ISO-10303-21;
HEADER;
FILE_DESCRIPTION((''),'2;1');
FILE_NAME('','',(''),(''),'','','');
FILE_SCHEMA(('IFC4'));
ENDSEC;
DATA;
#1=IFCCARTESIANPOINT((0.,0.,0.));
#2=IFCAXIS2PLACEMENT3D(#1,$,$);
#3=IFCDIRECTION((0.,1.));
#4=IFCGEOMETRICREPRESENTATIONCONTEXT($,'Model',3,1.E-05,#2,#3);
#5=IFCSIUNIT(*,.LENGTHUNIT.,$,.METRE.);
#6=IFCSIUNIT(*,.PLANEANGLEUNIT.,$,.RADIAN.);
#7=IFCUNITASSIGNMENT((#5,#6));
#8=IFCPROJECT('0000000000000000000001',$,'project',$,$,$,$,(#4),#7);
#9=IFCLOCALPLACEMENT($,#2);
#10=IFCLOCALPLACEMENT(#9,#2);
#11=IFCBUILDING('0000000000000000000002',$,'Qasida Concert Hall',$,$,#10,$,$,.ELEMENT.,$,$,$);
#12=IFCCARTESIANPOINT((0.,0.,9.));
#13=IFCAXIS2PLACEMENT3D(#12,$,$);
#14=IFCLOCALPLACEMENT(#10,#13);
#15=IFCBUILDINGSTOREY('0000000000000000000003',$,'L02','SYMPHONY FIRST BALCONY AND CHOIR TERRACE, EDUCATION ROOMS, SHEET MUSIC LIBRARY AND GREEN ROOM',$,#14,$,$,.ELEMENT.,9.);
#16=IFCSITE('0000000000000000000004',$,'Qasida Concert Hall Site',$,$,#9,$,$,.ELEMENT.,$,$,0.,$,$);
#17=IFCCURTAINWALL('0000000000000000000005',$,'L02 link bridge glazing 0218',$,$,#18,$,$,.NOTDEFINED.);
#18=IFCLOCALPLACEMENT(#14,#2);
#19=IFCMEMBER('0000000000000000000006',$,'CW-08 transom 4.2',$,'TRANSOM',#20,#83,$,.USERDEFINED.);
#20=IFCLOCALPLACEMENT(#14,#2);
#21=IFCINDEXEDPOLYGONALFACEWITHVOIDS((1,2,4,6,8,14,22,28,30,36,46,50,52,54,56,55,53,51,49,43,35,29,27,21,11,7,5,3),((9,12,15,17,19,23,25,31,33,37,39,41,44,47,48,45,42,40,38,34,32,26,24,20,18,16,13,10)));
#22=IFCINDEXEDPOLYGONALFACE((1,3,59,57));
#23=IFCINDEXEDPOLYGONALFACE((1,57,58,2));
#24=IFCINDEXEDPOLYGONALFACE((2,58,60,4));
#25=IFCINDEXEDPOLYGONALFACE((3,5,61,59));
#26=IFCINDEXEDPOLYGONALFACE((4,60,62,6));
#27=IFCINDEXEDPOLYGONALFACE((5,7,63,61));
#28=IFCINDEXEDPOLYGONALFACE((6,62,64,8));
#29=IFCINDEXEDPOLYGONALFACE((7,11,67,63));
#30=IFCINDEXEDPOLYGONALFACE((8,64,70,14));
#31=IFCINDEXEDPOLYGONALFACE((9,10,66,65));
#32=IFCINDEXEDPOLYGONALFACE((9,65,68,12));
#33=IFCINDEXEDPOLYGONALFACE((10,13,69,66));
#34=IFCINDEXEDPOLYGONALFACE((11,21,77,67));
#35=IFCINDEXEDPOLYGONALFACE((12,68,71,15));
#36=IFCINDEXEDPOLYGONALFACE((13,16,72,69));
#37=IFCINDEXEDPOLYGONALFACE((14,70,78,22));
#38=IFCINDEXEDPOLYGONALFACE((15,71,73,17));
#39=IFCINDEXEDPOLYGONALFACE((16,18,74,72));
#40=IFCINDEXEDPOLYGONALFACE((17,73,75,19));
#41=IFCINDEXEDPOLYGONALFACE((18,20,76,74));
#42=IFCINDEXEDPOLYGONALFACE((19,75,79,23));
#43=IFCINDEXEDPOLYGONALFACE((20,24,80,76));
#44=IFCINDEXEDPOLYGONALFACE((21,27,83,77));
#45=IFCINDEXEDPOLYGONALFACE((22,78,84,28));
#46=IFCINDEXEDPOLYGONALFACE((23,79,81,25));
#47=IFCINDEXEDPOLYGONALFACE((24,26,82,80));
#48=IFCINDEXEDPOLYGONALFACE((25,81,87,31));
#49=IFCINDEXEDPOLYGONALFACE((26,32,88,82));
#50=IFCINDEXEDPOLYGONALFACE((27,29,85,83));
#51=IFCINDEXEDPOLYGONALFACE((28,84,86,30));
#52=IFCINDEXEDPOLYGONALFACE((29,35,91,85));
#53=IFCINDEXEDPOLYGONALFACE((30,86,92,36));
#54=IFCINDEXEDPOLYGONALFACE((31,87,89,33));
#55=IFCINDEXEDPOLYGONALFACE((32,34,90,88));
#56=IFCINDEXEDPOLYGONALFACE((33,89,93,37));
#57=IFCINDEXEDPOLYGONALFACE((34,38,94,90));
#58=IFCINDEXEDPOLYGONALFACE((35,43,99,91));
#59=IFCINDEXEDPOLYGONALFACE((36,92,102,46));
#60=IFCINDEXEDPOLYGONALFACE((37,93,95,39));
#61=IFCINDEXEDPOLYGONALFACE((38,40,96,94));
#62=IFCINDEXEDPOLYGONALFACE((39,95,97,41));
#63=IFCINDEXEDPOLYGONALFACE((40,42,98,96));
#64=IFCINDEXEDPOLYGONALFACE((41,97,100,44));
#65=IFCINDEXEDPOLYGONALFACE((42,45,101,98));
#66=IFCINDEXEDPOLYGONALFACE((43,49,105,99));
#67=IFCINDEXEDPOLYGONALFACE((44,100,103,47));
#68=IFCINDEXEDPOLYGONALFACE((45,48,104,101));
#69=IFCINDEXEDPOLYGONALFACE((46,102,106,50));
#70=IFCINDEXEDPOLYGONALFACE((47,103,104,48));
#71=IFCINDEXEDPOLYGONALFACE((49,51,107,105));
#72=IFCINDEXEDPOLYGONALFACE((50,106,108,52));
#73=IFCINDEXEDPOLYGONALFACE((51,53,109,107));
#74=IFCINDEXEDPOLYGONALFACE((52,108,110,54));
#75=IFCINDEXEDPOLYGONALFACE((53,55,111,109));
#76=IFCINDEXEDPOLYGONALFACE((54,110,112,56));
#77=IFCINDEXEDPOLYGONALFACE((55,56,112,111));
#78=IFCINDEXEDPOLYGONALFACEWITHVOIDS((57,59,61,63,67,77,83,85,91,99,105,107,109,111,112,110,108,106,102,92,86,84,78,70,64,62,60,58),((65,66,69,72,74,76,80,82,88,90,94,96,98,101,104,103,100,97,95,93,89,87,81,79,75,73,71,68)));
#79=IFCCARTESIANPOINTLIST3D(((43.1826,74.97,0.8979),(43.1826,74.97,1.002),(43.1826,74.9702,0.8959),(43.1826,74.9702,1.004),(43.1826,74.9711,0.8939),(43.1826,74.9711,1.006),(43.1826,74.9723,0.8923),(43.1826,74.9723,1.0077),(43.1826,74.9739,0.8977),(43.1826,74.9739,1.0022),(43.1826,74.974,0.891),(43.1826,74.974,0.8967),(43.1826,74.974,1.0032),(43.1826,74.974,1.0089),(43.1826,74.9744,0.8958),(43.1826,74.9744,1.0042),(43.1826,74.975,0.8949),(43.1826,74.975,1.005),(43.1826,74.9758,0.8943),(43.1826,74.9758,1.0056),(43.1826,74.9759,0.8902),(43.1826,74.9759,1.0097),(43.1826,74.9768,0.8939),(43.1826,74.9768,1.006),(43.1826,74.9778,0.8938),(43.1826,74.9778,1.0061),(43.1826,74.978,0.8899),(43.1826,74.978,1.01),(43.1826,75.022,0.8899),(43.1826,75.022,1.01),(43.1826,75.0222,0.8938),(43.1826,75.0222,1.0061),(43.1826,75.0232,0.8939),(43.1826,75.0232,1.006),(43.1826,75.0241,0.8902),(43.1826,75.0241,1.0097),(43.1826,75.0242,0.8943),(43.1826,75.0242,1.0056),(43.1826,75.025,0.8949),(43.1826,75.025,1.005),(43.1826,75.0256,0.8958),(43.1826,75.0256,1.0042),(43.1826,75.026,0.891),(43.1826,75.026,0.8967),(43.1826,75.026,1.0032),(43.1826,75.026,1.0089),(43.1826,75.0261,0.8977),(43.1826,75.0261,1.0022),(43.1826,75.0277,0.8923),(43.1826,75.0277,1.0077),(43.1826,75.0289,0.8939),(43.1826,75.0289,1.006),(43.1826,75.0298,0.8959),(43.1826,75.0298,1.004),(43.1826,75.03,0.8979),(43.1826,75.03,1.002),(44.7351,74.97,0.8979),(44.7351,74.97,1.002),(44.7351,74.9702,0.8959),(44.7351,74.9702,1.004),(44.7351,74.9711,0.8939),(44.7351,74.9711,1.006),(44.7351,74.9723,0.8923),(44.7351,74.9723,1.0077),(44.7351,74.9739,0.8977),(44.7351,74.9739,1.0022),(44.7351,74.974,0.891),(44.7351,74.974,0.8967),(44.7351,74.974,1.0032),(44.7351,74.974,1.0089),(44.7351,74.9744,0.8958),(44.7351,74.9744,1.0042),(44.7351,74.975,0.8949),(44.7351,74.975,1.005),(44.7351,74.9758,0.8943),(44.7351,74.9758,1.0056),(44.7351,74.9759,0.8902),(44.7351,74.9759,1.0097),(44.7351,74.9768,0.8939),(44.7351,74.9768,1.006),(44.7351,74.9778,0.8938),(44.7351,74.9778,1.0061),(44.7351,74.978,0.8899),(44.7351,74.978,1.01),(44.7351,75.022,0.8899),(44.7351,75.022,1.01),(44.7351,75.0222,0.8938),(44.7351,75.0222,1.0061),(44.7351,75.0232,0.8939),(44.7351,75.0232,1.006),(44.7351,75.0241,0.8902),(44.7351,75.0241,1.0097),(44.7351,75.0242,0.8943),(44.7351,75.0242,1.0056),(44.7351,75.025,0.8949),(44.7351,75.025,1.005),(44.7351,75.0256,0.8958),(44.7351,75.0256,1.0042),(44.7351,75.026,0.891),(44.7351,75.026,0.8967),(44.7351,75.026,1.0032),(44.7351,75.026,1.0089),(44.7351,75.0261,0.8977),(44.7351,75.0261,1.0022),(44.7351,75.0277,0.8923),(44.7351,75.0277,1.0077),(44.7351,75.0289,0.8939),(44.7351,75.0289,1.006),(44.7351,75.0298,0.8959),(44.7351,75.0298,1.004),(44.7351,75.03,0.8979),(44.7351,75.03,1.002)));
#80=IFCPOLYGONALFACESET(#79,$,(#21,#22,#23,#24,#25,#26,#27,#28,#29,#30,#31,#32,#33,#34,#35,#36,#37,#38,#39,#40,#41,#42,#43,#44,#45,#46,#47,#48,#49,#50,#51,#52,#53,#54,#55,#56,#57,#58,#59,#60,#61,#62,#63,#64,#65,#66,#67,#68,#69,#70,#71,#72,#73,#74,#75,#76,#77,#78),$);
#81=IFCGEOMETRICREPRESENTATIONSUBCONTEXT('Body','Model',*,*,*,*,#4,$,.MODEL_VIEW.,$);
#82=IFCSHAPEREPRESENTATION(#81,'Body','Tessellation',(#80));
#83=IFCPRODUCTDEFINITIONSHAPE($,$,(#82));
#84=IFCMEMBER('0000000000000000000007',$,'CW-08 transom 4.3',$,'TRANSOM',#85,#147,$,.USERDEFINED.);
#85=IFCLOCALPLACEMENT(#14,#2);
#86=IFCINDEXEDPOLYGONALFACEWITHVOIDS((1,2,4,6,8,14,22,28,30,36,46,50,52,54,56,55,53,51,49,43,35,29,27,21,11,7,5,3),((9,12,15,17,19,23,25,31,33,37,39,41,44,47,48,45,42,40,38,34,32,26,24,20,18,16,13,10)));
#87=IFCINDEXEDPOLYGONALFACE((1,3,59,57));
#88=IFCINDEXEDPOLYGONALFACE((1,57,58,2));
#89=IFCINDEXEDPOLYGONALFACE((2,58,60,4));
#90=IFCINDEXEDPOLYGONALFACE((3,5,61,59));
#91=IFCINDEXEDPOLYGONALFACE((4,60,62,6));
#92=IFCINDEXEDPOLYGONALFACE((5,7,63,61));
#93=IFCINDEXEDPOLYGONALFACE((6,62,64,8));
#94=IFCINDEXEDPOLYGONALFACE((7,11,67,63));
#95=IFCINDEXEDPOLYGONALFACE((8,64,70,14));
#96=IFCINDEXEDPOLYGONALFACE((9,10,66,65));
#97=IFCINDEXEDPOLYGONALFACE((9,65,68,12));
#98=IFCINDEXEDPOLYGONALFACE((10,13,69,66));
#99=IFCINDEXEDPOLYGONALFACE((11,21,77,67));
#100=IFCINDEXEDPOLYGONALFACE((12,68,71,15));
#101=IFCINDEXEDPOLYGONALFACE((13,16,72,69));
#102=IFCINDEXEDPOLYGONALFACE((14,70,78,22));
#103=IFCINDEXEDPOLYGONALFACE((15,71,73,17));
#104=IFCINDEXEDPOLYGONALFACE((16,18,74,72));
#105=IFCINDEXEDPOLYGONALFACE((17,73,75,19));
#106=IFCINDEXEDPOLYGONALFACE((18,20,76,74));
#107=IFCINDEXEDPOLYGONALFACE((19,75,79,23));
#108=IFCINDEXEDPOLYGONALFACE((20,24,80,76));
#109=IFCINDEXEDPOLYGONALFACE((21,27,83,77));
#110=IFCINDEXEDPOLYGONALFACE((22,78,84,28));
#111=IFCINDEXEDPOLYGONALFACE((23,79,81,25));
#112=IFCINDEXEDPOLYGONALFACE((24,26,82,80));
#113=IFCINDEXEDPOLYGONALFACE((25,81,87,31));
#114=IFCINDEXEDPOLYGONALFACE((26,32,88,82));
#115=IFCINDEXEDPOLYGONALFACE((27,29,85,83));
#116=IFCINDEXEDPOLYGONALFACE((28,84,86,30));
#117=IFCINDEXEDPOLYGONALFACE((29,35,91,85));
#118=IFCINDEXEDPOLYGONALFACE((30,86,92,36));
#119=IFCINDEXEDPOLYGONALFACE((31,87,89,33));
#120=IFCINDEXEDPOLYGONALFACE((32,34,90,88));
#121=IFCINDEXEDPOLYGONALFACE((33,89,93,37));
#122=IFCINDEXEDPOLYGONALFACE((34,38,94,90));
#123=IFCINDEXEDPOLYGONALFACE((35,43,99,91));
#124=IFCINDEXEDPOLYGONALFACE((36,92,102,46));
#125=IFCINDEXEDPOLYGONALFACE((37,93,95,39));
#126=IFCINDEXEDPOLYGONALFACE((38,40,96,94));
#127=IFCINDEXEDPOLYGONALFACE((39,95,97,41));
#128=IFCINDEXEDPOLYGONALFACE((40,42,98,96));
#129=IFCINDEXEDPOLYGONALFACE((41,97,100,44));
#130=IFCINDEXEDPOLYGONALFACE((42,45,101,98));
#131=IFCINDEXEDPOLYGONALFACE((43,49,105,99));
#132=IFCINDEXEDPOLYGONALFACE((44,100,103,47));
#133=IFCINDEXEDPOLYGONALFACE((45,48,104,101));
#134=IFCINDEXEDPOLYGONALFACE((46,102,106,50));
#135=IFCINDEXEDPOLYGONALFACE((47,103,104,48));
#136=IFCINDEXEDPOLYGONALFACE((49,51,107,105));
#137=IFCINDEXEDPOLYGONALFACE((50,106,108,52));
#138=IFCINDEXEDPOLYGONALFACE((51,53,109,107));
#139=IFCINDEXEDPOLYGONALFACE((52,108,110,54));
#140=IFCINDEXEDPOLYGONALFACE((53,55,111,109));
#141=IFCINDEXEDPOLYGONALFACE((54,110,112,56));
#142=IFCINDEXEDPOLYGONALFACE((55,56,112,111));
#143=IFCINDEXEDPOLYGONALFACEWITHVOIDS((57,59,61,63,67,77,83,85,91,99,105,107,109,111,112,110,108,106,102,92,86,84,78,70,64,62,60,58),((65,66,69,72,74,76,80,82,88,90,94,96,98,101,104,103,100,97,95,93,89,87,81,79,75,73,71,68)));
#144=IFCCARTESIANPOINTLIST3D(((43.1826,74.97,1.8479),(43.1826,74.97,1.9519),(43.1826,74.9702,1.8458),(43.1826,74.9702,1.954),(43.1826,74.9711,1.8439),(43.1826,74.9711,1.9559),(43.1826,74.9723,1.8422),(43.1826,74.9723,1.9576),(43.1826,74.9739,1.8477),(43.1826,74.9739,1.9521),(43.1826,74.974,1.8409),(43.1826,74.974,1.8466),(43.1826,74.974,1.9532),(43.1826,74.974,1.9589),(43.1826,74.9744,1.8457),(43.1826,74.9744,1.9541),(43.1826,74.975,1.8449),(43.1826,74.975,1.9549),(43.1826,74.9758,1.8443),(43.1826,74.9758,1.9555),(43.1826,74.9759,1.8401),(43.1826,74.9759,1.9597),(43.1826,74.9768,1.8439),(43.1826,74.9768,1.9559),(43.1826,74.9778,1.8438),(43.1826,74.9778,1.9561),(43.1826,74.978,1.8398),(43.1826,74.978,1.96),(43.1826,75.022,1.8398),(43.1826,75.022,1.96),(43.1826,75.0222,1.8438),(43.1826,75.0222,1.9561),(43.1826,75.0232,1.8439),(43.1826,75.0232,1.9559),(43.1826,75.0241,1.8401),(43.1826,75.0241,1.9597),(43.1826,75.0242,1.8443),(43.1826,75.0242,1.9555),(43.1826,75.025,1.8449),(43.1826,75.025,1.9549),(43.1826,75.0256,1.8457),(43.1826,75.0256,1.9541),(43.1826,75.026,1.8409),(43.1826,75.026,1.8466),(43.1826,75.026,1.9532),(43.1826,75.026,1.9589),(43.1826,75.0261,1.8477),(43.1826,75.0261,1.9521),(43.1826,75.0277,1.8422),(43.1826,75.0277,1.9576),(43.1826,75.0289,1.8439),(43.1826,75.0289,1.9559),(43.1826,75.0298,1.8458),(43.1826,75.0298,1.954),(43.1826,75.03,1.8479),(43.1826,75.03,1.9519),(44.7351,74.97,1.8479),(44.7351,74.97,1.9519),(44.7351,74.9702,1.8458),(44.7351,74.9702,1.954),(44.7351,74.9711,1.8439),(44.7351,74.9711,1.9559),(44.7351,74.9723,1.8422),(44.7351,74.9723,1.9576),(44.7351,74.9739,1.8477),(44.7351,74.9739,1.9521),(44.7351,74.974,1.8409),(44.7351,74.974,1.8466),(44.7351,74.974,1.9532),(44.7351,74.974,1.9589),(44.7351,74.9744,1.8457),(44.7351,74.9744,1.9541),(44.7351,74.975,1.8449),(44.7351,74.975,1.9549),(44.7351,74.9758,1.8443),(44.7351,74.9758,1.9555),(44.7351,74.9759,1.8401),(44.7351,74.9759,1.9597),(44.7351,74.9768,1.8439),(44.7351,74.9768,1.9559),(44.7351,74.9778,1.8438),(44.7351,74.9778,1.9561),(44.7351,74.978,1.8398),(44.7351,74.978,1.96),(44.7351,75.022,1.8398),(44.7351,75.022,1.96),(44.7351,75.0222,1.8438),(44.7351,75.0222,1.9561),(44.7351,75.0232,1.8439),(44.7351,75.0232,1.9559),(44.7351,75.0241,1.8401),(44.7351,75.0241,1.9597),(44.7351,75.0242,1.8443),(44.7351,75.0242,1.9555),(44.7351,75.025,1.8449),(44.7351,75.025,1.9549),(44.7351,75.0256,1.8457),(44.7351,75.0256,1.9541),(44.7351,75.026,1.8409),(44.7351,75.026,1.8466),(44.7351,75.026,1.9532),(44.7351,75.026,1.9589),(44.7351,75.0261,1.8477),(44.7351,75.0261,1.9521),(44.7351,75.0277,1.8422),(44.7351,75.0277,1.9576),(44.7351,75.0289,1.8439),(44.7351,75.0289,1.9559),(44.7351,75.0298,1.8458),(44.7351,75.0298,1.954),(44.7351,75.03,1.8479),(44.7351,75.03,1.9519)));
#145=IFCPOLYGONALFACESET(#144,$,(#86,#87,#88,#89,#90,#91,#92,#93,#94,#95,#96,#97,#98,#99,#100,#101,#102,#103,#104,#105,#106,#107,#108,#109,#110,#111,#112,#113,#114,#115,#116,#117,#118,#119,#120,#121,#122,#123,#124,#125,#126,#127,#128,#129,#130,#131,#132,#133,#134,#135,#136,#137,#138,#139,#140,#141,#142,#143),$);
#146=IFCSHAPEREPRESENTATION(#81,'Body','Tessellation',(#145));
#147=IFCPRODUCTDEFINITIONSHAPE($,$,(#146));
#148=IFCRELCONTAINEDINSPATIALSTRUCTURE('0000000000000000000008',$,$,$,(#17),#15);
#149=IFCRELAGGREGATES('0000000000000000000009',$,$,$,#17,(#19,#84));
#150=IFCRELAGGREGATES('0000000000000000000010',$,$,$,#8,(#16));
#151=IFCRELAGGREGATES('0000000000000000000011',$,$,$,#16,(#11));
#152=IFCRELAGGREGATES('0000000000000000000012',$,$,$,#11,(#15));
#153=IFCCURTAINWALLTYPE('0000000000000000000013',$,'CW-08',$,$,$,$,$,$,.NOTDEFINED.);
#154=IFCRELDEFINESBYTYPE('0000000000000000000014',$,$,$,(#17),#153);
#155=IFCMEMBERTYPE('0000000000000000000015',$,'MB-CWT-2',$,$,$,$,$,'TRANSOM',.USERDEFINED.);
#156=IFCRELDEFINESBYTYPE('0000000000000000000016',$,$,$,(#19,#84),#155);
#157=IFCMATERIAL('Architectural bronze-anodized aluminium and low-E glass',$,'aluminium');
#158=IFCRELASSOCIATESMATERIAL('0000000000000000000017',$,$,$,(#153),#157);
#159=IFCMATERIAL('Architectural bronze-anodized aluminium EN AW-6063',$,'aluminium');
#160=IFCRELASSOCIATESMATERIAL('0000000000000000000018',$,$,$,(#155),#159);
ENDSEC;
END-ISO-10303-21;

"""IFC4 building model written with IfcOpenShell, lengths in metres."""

from ifc_helpers import new_model, si_unit, direction, frame, origin, origin_2d, place, context, subcontext, project, spatial, hollow_rectangle, extrude, material, material_profile, profile_set, type_object, element, aggregate, save


model = new_model("IFC4")

# Units and contexts
model_context = context("Model", 3, precision=1e-05, world=origin(), true_north=direction((0.0, 1.0)))
body_context = subcontext(model_context, "Body", "Model", "MODEL_VIEW")
ifc_project = project(units=[si_unit("LENGTHUNIT", "METRE"), si_unit("PLANEANGLEUNIT", "RADIAN")], contexts=[model_context])

# Site, building, storey
site_placement = place(None, origin())
site = spatial("IfcSite", under=ifc_project, at=site_placement, Name="Qasida Concert Hall Site", CompositionType="ELEMENT", RefElevation=0.0)
building_placement = place(site_placement, origin())
building = spatial("IfcBuilding", under=site, at=building_placement, Name="Qasida Concert Hall", CompositionType="ELEMENT")
storey_placement = place(building_placement, frame((0.0, 0.0, 9.0)))
storey = spatial("IfcBuildingStorey", under=building, at=storey_placement, Name="L02", Description="SYMPHONY FIRST BALCONY AND CHOIR TERRACE, EDUCATION ROOMS, SHEET MUSIC LIBRARY AND GREEN ROOM", CompositionType="ELEMENT", Elevation=9.0)

# Curtain wall
ifc_material_1 = material(Name="Architectural bronze-anodized aluminium and low-E glass", Category="aluminium")
curtain_wall_type = type_object("IfcCurtainWallType", Name="CW-08", PredefinedType="NOTDEFINED", material=ifc_material_1)
curtain_wall_1_placement = place(storey_placement, origin())
curtain_wall_1 = element("IfcCurtainWall", 1, at=curtain_wall_1_placement, inside=storey, type_object=curtain_wall_type, Name="L02 link bridge glazing 0218", PredefinedType="NOTDEFINED")
ifc_material_2 = material(Name="Architectural bronze-anodized aluminium EN AW-6063", Category="aluminium")

# Members
ifc_material_profile_1 = material_profile(ifc_material_2, hollow_rectangle(XDim=0.0601, YDim=0.1201, WallThickness=0.0039, InnerFilletRadius=0.0039, OuterFilletRadius=0.0081, at=origin_2d()), Name="CWT 120x60x4")
ifc_profile_set_1 = profile_set([ifc_material_profile_1], Name="Architectural bronze-anodized aluminium EN AW-6063")
member_type_1 = type_object("IfcMemberType", Name="MB-CWT-2", ElementType="TRANSOM", PredefinedType="USERDEFINED", material=ifc_profile_set_1)
member_1_placement = place(storey_placement, frame((43.1826, 75.0, 0.95), z_axis=(1.0, 0.0, 0.0), x_axis=(0.0, 1.0, 0.0)))
member_1 = element("IfcMember", 2, at=member_1_placement, type_object=member_type_1, Name="CW-08 transom 4.2", ObjectType="TRANSOM", PredefinedType="USERDEFINED", context=body_context, shape_type="SweptSolid", body=[
    extrude(hollow_rectangle(XDim=0.0601, YDim=0.1201, WallThickness=0.0039, InnerFilletRadius=0.0039, OuterFilletRadius=0.0081, at=origin_2d()), origin(), (0.0, 0.0, 1.0), 1.5525),
])
member_2_placement = place(storey_placement, frame((43.1826, 75.0, 1.8999), z_axis=(1.0, 0.0, 0.0), x_axis=(0.0, 1.0, 0.0)))
member_2 = element("IfcMember", 3, at=member_2_placement, type_object=member_type_1, Name="CW-08 transom 4.3", ObjectType="TRANSOM", PredefinedType="USERDEFINED", context=body_context, shape_type="SweptSolid", body=[
    extrude(hollow_rectangle(XDim=0.0601, YDim=0.1201, WallThickness=0.0039, InnerFilletRadius=0.0039, OuterFilletRadius=0.0081, at=origin_2d()), origin(), (0.0, 0.0, 1.0), 1.5525),
])

aggregate(curtain_wall_1, [member_1, member_2])

save(model, "model.ifc")
